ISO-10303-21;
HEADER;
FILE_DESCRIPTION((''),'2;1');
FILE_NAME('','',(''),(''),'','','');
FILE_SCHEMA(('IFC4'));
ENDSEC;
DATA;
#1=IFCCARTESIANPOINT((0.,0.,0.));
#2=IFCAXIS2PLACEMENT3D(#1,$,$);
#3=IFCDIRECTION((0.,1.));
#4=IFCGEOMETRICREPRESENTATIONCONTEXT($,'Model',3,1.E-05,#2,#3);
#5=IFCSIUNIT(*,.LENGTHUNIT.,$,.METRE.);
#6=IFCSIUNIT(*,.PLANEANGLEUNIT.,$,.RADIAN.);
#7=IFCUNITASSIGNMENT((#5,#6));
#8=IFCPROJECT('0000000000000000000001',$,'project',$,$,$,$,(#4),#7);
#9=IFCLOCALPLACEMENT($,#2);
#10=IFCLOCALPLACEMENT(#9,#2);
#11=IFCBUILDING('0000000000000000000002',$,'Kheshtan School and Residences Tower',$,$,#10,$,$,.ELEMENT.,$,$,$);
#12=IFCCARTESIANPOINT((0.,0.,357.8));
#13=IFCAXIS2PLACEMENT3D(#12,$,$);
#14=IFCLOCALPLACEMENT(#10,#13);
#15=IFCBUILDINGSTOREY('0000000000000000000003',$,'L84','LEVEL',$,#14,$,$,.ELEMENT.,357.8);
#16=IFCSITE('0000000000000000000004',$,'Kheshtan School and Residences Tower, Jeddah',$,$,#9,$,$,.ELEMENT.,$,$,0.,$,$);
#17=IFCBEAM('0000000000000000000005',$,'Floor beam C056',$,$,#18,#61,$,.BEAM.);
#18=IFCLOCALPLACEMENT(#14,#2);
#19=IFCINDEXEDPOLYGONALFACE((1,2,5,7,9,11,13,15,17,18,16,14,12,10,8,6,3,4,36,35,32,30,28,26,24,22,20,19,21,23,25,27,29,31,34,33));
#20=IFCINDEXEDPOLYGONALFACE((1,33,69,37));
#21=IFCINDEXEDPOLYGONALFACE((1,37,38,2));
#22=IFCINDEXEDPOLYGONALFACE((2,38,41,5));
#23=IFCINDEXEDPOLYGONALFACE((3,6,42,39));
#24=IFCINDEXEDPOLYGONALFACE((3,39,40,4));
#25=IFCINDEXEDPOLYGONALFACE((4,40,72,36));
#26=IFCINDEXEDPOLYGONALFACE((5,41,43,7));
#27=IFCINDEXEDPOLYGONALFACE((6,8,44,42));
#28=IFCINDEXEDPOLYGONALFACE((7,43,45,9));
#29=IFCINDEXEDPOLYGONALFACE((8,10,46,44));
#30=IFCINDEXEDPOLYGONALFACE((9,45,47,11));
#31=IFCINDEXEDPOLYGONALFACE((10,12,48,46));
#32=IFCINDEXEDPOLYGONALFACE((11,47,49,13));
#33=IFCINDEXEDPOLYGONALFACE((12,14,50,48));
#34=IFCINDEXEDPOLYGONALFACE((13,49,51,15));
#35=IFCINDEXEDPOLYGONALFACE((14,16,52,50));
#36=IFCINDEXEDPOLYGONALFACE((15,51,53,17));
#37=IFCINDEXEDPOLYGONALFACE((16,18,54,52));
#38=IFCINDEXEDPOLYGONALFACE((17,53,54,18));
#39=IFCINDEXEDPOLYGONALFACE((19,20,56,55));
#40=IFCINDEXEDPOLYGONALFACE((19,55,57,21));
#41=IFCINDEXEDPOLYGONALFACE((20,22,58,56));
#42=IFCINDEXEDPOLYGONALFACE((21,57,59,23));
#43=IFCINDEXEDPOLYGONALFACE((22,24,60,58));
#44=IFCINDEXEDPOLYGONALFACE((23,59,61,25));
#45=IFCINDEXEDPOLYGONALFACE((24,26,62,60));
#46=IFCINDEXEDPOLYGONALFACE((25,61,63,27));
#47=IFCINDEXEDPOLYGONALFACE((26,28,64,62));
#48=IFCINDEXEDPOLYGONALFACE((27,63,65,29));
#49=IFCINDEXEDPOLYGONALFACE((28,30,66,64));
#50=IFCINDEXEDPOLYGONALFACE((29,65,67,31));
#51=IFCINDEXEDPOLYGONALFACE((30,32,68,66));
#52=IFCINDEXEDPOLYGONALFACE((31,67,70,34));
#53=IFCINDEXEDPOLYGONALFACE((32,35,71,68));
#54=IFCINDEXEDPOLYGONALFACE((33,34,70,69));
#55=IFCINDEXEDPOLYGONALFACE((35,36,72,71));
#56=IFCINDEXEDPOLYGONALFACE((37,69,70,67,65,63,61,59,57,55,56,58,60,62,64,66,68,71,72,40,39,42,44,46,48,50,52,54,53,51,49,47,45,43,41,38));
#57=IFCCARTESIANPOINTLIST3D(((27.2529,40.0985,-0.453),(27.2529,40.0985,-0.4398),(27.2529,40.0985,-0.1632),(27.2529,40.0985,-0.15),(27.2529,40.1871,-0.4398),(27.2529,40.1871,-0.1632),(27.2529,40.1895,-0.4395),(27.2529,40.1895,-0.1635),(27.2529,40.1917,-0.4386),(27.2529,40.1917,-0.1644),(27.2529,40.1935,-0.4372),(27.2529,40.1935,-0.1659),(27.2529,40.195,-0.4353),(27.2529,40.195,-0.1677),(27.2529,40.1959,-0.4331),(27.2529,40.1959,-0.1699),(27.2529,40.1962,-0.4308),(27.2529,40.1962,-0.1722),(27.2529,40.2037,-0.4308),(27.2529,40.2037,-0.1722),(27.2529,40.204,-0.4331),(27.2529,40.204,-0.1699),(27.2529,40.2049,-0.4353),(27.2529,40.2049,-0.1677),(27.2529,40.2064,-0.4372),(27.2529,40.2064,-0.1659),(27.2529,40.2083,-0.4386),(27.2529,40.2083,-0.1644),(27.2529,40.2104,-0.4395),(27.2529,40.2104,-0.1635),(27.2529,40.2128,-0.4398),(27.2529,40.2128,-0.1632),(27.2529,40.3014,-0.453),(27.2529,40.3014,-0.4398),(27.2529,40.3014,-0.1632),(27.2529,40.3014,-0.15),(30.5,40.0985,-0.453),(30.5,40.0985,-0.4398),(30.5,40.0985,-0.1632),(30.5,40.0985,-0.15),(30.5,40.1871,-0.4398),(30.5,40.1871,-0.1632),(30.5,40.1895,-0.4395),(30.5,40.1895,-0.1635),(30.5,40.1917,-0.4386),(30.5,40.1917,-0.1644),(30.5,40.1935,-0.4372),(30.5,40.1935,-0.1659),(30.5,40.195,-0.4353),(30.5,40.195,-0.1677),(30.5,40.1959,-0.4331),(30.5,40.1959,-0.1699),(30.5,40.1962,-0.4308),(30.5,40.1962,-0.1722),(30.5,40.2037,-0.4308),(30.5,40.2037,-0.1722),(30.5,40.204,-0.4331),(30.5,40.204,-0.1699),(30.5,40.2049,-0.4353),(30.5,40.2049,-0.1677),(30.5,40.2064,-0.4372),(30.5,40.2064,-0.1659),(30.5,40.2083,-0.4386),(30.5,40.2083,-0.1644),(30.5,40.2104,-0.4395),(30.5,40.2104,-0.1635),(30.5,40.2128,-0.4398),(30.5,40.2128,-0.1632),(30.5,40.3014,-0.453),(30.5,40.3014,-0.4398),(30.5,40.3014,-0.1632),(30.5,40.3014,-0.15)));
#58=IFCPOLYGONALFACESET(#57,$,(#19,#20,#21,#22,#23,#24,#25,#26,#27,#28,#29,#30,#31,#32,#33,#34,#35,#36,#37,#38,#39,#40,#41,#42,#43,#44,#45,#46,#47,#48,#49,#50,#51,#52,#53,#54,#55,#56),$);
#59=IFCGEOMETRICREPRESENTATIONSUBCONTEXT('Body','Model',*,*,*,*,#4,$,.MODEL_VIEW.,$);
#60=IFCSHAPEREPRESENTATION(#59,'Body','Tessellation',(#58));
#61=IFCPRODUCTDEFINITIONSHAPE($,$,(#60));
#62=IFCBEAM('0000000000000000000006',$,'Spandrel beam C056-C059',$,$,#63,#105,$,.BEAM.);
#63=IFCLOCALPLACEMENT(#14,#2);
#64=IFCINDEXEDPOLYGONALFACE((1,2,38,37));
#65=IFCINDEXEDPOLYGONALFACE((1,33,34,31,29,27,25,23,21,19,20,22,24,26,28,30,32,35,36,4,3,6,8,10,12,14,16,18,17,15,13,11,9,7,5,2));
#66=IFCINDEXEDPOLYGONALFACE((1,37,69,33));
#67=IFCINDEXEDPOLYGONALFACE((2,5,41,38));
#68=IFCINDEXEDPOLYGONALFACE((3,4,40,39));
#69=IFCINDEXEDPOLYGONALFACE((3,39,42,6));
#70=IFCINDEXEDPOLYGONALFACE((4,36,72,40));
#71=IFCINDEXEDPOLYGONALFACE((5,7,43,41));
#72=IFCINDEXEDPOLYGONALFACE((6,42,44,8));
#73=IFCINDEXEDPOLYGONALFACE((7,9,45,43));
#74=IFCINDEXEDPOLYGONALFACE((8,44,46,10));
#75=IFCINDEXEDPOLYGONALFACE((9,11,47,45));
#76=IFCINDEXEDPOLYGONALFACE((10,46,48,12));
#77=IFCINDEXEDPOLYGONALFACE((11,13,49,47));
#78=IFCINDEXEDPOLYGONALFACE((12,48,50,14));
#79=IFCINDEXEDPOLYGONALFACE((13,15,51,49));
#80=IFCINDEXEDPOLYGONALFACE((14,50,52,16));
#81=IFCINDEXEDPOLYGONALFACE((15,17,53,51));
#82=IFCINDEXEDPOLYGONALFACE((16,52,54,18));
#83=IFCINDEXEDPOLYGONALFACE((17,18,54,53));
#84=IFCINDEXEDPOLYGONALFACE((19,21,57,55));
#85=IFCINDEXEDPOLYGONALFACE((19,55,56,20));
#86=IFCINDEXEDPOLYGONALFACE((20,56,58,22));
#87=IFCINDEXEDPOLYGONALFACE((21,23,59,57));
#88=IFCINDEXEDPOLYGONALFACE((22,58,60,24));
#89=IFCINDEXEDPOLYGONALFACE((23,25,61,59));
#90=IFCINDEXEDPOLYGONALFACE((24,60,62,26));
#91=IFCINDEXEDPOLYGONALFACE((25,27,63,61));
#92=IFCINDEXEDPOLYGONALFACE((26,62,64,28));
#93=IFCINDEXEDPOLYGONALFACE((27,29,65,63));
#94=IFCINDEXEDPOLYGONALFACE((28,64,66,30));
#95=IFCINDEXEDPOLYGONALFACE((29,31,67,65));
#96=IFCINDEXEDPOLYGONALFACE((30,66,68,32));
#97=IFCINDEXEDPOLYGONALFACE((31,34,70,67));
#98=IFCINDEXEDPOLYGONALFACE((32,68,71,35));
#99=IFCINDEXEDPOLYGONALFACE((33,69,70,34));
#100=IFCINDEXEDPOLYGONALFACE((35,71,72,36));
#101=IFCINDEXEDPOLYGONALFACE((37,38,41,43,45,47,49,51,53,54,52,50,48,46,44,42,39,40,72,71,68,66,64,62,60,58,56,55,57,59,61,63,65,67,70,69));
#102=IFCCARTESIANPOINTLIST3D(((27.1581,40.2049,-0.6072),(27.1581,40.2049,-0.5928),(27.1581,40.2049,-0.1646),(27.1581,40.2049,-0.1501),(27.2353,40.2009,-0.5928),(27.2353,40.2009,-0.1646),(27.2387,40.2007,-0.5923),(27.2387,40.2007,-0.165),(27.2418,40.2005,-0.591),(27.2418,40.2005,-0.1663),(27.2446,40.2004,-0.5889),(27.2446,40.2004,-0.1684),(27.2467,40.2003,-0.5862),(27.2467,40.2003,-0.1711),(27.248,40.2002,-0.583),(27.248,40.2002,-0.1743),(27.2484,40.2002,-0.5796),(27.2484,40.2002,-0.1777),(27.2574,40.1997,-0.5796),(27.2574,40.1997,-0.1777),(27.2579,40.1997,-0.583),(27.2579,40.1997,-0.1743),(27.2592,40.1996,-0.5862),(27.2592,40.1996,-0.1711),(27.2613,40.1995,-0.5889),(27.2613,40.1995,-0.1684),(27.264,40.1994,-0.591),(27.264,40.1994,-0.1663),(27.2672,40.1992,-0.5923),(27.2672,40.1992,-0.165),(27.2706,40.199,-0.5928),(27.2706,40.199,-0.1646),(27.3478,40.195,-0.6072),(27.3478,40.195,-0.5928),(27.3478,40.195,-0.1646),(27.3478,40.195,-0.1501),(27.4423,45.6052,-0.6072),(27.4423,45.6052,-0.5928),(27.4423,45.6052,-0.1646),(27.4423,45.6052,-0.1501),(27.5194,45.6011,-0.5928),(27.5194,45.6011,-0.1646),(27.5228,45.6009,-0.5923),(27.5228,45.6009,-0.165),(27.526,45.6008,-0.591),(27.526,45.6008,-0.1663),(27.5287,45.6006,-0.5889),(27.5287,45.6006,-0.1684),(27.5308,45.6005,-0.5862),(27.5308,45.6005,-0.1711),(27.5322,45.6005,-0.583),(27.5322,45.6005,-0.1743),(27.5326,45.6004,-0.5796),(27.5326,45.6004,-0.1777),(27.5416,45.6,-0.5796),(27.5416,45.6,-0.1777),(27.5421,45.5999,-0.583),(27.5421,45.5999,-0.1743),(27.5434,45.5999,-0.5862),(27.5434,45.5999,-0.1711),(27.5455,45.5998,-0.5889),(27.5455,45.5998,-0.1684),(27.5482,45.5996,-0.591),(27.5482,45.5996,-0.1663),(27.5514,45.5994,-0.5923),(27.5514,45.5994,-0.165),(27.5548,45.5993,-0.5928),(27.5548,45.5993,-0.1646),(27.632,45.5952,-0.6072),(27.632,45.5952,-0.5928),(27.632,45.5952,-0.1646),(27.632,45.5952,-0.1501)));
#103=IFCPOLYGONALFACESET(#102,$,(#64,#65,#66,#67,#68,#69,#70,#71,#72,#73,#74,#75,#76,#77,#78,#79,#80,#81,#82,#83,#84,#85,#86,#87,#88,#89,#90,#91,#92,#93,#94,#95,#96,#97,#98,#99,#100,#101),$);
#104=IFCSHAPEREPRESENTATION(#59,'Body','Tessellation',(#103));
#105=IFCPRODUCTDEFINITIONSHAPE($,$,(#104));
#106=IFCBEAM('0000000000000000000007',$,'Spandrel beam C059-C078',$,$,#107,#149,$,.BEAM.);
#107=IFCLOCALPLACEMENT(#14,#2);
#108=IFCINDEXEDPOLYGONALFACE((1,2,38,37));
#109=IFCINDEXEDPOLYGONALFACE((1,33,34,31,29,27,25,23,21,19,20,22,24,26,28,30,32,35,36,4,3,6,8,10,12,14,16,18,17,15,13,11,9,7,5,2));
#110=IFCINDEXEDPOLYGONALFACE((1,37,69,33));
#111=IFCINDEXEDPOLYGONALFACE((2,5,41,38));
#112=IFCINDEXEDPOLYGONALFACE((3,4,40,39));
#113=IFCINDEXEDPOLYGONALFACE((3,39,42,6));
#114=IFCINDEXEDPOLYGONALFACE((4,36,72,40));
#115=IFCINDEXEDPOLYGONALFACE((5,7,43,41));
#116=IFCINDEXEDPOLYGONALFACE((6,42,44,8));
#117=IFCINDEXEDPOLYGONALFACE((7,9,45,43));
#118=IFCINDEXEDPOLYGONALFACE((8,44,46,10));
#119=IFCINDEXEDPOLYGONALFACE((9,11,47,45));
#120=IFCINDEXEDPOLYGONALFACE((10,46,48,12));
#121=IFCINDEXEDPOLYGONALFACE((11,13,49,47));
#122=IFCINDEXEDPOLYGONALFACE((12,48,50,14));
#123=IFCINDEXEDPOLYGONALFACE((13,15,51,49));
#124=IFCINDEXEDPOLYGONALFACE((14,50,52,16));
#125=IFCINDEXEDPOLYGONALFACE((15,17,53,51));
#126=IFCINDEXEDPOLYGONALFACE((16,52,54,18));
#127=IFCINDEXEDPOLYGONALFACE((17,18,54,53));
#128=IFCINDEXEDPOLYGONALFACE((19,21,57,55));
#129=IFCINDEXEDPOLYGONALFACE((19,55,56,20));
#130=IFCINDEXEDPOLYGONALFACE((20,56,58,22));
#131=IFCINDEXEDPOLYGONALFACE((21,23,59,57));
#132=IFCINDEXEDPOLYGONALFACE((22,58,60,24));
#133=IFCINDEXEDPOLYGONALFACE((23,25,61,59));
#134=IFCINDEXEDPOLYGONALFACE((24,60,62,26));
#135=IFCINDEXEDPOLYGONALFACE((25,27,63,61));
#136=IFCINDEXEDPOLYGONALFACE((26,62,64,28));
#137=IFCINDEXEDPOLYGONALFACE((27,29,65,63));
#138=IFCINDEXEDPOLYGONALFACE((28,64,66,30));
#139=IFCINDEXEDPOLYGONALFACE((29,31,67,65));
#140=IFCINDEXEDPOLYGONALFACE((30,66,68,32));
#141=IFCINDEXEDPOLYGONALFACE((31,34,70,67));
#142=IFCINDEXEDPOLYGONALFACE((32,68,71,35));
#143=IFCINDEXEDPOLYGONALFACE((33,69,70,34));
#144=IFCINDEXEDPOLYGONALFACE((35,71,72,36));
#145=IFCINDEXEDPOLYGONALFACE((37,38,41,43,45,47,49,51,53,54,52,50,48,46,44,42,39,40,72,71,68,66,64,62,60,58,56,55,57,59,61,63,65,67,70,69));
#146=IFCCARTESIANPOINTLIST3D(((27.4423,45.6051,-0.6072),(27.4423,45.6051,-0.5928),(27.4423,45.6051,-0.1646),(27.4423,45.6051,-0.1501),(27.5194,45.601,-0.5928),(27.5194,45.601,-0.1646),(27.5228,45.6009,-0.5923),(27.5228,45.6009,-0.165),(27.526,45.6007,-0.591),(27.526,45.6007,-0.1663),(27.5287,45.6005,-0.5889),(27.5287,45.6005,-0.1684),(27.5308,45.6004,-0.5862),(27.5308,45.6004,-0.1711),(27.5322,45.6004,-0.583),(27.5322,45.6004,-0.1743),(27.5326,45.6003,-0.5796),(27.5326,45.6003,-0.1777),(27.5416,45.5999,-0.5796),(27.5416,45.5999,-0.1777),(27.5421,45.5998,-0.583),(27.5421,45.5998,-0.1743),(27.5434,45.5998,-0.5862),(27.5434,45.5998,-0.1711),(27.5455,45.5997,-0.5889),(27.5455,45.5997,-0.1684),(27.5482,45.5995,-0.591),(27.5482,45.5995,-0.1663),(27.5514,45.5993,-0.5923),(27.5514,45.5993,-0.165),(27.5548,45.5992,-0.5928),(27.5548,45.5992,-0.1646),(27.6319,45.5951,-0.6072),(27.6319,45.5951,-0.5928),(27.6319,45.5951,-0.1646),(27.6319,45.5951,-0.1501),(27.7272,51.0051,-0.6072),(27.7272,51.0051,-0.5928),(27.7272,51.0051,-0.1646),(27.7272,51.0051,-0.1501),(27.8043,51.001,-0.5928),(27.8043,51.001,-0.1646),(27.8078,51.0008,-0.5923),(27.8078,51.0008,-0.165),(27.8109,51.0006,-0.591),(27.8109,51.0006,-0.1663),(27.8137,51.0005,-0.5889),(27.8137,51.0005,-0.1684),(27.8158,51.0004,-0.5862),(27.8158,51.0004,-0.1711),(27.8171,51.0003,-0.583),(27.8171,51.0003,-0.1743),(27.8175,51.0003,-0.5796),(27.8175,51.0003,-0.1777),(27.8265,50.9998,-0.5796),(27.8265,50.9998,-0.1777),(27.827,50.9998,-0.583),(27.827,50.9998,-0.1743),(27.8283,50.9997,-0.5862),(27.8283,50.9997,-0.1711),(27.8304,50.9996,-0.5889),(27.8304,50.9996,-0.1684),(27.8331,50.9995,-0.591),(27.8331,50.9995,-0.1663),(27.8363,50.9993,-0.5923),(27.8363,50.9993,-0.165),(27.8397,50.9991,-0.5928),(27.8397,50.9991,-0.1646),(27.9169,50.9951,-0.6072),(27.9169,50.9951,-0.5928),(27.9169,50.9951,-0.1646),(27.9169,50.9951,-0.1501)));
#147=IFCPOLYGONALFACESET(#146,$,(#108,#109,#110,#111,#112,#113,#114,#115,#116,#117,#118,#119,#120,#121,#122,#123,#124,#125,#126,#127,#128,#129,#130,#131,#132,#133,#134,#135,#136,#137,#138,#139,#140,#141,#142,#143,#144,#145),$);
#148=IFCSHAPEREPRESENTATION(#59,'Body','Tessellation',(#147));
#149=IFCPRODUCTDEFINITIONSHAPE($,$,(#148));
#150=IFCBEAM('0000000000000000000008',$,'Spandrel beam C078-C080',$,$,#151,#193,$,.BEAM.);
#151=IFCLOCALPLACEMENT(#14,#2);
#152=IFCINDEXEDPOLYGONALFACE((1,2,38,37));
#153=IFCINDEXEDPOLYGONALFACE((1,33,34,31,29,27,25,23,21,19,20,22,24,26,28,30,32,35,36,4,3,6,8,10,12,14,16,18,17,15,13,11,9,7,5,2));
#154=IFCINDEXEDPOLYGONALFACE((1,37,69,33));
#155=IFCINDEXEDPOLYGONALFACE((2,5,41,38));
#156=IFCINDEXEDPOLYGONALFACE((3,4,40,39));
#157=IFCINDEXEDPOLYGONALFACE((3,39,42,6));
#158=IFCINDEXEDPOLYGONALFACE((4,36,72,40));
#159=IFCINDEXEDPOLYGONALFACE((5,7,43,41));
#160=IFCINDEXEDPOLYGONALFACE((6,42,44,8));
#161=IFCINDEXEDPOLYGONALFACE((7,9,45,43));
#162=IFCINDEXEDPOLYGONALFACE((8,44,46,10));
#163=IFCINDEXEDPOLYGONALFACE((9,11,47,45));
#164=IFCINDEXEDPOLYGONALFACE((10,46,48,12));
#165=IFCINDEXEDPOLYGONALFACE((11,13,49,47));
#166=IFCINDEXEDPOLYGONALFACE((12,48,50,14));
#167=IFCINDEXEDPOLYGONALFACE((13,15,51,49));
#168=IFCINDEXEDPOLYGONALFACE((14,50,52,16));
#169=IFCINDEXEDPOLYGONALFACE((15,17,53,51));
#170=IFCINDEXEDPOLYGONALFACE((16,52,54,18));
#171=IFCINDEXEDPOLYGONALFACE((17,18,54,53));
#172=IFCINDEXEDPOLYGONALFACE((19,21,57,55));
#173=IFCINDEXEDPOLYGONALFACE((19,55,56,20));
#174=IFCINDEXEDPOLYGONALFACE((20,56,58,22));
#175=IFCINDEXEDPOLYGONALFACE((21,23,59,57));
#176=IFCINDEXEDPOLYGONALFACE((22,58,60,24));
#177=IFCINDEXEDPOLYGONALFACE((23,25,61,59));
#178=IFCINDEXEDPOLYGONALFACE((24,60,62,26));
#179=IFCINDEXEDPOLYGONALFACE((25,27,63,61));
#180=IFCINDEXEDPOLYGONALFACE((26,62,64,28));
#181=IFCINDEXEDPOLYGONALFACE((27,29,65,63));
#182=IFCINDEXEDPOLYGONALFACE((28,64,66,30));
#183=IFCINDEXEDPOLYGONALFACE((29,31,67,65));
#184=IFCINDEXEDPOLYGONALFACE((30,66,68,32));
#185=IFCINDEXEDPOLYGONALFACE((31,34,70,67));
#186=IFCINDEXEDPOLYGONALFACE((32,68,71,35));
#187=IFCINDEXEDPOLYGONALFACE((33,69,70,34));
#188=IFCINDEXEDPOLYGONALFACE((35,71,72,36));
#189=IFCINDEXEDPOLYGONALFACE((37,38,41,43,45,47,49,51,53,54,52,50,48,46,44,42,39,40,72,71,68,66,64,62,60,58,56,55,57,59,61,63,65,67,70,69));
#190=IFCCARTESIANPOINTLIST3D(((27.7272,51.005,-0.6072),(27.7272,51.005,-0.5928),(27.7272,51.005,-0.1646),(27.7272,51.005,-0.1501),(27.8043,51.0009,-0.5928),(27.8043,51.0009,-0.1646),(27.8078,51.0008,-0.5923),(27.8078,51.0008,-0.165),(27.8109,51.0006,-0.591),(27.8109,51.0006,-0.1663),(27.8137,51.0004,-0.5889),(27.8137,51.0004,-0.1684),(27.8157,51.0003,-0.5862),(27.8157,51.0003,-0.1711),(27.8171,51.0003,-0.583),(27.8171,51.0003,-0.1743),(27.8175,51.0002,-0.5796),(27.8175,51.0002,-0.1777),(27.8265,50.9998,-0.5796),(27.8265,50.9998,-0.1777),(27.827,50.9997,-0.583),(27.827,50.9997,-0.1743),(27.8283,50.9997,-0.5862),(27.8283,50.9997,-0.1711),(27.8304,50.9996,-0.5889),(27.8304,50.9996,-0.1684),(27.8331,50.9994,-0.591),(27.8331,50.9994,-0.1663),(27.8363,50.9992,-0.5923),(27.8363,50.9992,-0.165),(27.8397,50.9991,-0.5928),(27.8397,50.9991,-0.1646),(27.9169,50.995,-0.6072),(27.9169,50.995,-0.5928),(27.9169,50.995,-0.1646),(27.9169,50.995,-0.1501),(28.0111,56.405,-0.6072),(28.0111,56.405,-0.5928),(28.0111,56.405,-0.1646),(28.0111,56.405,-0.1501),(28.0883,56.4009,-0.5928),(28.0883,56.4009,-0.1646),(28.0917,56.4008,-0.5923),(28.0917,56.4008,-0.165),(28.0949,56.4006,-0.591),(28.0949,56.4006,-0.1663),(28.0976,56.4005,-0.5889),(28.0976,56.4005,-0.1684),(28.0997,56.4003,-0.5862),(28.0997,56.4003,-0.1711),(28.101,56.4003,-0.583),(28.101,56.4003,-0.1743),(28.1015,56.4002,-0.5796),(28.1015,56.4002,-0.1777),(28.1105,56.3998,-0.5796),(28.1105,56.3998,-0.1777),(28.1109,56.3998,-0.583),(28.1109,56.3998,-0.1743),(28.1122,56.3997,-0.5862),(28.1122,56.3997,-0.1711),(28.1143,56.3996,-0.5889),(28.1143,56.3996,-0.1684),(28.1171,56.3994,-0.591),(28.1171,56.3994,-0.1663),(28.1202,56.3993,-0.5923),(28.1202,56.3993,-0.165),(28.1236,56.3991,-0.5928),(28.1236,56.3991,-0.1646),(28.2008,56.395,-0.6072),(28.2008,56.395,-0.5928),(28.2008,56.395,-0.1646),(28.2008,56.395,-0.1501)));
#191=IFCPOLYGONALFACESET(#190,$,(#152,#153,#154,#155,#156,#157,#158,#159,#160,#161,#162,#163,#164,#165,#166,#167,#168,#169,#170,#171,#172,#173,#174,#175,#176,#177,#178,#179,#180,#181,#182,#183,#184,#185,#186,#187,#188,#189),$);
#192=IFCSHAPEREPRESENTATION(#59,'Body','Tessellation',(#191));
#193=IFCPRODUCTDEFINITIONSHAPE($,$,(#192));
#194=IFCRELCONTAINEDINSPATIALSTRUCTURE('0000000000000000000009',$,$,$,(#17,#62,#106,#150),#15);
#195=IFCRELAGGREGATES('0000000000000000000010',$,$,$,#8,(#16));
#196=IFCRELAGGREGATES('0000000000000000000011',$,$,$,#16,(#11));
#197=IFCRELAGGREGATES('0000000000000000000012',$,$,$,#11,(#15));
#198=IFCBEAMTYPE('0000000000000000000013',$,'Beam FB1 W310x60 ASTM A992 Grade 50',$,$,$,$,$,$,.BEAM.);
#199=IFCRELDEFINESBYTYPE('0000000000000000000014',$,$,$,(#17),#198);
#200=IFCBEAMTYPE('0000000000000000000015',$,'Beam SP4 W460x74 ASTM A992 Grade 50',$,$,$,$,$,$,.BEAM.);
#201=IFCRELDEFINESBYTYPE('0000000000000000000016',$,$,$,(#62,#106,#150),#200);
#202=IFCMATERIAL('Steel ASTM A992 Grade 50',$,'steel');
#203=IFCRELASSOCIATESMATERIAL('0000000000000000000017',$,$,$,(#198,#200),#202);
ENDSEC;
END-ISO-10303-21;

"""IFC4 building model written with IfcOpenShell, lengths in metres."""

from ifc_helpers import new_model, si_unit, direction, frame, origin, origin_2d, place, context, subcontext, project, spatial, i_section, extrude, material, material_profile, profile_set, type_object, element, save


model = new_model("IFC4")

# Units and contexts
model_context = context("Model", 3, precision=1e-05, world=origin(), true_north=direction((0.0, 1.0)))
body_context = subcontext(model_context, "Body", "Model", "MODEL_VIEW")
ifc_project = project(units=[si_unit("LENGTHUNIT", "METRE"), si_unit("PLANEANGLEUNIT", "RADIAN")], contexts=[model_context])

# Site, building, storey
site_placement = place(None, origin())
site = spatial("IfcSite", under=ifc_project, at=site_placement, Name="Kheshtan School and Residences Tower, Jeddah", CompositionType="ELEMENT", RefElevation=0.0)
building_placement = place(site_placement, origin())
building = spatial("IfcBuilding", under=site, at=building_placement, Name="Kheshtan School and Residences Tower", CompositionType="ELEMENT")
storey_placement = place(building_placement, frame((0.0, 0.0, 357.8)))
storey = spatial("IfcBuildingStorey", under=building, at=storey_placement, Name="L84", Description="LEVEL", CompositionType="ELEMENT", Elevation=357.8)

# Shared definitions
ifc_material_1 = material(Name="Steel ASTM A992 Grade 50", Category="steel")

# Beams
ifc_material_profile_1 = material_profile(ifc_material_1, i_section(OverallWidth=0.2029, OverallDepth=0.303, WebThickness=0.0076, FlangeThickness=0.0132, FilletRadius=0.009, at=origin_2d()), Name="W310x60")
ifc_profile_set_1 = profile_set([ifc_material_profile_1], Name="Steel ASTM A992 Grade 50")
beam_type_1 = type_object("IfcBeamType", Name="Beam FB1 W310x60 ASTM A992 Grade 50", PredefinedType="BEAM", material=ifc_profile_set_1)
beam_1_placement = place(storey_placement, frame((27.2529, 40.2, -0.3015), z_axis=(1.0, 0.0, 0.0), x_axis=(0.0, 1.0, 0.0)))
element("IfcBeam", 1, at=beam_1_placement, inside=storey, type_object=beam_type_1, Name="Floor beam C056", PredefinedType="BEAM", context=body_context, shape_type="SweptSolid", body=[
    extrude(i_section(OverallWidth=0.2029, OverallDepth=0.303, WebThickness=0.0076, FlangeThickness=0.0132, FilletRadius=0.009, at=origin_2d()), origin(), (0.0, 0.0, 1.0), 3.2471),
])
ifc_material_profile_2 = material_profile(ifc_material_1, i_section(OverallWidth=0.1899, OverallDepth=0.457, WebThickness=0.009, FlangeThickness=0.0144, FilletRadius=0.0132, at=origin_2d()), Name="W460x74")
ifc_profile_set_2 = profile_set([ifc_material_profile_2], Name="Steel ASTM A992 Grade 50")
beam_type_2 = type_object("IfcBeamType", Name="Beam SP4 W460x74 ASTM A992 Grade 50", PredefinedType="BEAM", material=ifc_profile_set_2)
beam_2_placement = place(storey_placement, frame((27.2529, 40.2, -0.3787), z_axis=(0.052552, 0.998618, 0.0), x_axis=(-0.998618, 0.052552, 0.0)))
element("IfcBeam", 2, at=beam_2_placement, inside=storey, type_object=beam_type_2, Name="Spandrel beam C056-C059", PredefinedType="BEAM", context=body_context, shape_type="SweptSolid", body=[
    extrude(i_section(OverallWidth=0.1899, OverallDepth=0.457, WebThickness=0.009, FlangeThickness=0.0144, FilletRadius=0.0132, at=origin_2d()), origin(), (0.0, 0.0, 1.0), 5.4077),
])
for number, where, z_axis, x_axis, name in (
    (3, (27.5371, 45.6001, -0.3787), (0.052689, 0.998611, 0.0), (-0.998611, 0.052689, 0.0), "Spandrel beam C059-C078"),
    (4, (27.822, 51.0, -0.3787), (0.052509, 0.99862, 0.0), (-0.99862, 0.052509, 0.0), "Spandrel beam C078-C080"),
):
    element("IfcBeam", number, at=place(storey_placement, frame(where, z_axis=z_axis, x_axis=x_axis)), inside=storey, type_object=beam_type_2, Name=name, PredefinedType="BEAM", context=body_context, shape_type="SweptSolid", body=[
        extrude(i_section(OverallWidth=0.1899, OverallDepth=0.457, WebThickness=0.009, FlangeThickness=0.0144, FilletRadius=0.0132, at=origin_2d()), origin(), (0.0, 0.0, 1.0), 5.4075),
    ])

save(model, "model.ifc")
